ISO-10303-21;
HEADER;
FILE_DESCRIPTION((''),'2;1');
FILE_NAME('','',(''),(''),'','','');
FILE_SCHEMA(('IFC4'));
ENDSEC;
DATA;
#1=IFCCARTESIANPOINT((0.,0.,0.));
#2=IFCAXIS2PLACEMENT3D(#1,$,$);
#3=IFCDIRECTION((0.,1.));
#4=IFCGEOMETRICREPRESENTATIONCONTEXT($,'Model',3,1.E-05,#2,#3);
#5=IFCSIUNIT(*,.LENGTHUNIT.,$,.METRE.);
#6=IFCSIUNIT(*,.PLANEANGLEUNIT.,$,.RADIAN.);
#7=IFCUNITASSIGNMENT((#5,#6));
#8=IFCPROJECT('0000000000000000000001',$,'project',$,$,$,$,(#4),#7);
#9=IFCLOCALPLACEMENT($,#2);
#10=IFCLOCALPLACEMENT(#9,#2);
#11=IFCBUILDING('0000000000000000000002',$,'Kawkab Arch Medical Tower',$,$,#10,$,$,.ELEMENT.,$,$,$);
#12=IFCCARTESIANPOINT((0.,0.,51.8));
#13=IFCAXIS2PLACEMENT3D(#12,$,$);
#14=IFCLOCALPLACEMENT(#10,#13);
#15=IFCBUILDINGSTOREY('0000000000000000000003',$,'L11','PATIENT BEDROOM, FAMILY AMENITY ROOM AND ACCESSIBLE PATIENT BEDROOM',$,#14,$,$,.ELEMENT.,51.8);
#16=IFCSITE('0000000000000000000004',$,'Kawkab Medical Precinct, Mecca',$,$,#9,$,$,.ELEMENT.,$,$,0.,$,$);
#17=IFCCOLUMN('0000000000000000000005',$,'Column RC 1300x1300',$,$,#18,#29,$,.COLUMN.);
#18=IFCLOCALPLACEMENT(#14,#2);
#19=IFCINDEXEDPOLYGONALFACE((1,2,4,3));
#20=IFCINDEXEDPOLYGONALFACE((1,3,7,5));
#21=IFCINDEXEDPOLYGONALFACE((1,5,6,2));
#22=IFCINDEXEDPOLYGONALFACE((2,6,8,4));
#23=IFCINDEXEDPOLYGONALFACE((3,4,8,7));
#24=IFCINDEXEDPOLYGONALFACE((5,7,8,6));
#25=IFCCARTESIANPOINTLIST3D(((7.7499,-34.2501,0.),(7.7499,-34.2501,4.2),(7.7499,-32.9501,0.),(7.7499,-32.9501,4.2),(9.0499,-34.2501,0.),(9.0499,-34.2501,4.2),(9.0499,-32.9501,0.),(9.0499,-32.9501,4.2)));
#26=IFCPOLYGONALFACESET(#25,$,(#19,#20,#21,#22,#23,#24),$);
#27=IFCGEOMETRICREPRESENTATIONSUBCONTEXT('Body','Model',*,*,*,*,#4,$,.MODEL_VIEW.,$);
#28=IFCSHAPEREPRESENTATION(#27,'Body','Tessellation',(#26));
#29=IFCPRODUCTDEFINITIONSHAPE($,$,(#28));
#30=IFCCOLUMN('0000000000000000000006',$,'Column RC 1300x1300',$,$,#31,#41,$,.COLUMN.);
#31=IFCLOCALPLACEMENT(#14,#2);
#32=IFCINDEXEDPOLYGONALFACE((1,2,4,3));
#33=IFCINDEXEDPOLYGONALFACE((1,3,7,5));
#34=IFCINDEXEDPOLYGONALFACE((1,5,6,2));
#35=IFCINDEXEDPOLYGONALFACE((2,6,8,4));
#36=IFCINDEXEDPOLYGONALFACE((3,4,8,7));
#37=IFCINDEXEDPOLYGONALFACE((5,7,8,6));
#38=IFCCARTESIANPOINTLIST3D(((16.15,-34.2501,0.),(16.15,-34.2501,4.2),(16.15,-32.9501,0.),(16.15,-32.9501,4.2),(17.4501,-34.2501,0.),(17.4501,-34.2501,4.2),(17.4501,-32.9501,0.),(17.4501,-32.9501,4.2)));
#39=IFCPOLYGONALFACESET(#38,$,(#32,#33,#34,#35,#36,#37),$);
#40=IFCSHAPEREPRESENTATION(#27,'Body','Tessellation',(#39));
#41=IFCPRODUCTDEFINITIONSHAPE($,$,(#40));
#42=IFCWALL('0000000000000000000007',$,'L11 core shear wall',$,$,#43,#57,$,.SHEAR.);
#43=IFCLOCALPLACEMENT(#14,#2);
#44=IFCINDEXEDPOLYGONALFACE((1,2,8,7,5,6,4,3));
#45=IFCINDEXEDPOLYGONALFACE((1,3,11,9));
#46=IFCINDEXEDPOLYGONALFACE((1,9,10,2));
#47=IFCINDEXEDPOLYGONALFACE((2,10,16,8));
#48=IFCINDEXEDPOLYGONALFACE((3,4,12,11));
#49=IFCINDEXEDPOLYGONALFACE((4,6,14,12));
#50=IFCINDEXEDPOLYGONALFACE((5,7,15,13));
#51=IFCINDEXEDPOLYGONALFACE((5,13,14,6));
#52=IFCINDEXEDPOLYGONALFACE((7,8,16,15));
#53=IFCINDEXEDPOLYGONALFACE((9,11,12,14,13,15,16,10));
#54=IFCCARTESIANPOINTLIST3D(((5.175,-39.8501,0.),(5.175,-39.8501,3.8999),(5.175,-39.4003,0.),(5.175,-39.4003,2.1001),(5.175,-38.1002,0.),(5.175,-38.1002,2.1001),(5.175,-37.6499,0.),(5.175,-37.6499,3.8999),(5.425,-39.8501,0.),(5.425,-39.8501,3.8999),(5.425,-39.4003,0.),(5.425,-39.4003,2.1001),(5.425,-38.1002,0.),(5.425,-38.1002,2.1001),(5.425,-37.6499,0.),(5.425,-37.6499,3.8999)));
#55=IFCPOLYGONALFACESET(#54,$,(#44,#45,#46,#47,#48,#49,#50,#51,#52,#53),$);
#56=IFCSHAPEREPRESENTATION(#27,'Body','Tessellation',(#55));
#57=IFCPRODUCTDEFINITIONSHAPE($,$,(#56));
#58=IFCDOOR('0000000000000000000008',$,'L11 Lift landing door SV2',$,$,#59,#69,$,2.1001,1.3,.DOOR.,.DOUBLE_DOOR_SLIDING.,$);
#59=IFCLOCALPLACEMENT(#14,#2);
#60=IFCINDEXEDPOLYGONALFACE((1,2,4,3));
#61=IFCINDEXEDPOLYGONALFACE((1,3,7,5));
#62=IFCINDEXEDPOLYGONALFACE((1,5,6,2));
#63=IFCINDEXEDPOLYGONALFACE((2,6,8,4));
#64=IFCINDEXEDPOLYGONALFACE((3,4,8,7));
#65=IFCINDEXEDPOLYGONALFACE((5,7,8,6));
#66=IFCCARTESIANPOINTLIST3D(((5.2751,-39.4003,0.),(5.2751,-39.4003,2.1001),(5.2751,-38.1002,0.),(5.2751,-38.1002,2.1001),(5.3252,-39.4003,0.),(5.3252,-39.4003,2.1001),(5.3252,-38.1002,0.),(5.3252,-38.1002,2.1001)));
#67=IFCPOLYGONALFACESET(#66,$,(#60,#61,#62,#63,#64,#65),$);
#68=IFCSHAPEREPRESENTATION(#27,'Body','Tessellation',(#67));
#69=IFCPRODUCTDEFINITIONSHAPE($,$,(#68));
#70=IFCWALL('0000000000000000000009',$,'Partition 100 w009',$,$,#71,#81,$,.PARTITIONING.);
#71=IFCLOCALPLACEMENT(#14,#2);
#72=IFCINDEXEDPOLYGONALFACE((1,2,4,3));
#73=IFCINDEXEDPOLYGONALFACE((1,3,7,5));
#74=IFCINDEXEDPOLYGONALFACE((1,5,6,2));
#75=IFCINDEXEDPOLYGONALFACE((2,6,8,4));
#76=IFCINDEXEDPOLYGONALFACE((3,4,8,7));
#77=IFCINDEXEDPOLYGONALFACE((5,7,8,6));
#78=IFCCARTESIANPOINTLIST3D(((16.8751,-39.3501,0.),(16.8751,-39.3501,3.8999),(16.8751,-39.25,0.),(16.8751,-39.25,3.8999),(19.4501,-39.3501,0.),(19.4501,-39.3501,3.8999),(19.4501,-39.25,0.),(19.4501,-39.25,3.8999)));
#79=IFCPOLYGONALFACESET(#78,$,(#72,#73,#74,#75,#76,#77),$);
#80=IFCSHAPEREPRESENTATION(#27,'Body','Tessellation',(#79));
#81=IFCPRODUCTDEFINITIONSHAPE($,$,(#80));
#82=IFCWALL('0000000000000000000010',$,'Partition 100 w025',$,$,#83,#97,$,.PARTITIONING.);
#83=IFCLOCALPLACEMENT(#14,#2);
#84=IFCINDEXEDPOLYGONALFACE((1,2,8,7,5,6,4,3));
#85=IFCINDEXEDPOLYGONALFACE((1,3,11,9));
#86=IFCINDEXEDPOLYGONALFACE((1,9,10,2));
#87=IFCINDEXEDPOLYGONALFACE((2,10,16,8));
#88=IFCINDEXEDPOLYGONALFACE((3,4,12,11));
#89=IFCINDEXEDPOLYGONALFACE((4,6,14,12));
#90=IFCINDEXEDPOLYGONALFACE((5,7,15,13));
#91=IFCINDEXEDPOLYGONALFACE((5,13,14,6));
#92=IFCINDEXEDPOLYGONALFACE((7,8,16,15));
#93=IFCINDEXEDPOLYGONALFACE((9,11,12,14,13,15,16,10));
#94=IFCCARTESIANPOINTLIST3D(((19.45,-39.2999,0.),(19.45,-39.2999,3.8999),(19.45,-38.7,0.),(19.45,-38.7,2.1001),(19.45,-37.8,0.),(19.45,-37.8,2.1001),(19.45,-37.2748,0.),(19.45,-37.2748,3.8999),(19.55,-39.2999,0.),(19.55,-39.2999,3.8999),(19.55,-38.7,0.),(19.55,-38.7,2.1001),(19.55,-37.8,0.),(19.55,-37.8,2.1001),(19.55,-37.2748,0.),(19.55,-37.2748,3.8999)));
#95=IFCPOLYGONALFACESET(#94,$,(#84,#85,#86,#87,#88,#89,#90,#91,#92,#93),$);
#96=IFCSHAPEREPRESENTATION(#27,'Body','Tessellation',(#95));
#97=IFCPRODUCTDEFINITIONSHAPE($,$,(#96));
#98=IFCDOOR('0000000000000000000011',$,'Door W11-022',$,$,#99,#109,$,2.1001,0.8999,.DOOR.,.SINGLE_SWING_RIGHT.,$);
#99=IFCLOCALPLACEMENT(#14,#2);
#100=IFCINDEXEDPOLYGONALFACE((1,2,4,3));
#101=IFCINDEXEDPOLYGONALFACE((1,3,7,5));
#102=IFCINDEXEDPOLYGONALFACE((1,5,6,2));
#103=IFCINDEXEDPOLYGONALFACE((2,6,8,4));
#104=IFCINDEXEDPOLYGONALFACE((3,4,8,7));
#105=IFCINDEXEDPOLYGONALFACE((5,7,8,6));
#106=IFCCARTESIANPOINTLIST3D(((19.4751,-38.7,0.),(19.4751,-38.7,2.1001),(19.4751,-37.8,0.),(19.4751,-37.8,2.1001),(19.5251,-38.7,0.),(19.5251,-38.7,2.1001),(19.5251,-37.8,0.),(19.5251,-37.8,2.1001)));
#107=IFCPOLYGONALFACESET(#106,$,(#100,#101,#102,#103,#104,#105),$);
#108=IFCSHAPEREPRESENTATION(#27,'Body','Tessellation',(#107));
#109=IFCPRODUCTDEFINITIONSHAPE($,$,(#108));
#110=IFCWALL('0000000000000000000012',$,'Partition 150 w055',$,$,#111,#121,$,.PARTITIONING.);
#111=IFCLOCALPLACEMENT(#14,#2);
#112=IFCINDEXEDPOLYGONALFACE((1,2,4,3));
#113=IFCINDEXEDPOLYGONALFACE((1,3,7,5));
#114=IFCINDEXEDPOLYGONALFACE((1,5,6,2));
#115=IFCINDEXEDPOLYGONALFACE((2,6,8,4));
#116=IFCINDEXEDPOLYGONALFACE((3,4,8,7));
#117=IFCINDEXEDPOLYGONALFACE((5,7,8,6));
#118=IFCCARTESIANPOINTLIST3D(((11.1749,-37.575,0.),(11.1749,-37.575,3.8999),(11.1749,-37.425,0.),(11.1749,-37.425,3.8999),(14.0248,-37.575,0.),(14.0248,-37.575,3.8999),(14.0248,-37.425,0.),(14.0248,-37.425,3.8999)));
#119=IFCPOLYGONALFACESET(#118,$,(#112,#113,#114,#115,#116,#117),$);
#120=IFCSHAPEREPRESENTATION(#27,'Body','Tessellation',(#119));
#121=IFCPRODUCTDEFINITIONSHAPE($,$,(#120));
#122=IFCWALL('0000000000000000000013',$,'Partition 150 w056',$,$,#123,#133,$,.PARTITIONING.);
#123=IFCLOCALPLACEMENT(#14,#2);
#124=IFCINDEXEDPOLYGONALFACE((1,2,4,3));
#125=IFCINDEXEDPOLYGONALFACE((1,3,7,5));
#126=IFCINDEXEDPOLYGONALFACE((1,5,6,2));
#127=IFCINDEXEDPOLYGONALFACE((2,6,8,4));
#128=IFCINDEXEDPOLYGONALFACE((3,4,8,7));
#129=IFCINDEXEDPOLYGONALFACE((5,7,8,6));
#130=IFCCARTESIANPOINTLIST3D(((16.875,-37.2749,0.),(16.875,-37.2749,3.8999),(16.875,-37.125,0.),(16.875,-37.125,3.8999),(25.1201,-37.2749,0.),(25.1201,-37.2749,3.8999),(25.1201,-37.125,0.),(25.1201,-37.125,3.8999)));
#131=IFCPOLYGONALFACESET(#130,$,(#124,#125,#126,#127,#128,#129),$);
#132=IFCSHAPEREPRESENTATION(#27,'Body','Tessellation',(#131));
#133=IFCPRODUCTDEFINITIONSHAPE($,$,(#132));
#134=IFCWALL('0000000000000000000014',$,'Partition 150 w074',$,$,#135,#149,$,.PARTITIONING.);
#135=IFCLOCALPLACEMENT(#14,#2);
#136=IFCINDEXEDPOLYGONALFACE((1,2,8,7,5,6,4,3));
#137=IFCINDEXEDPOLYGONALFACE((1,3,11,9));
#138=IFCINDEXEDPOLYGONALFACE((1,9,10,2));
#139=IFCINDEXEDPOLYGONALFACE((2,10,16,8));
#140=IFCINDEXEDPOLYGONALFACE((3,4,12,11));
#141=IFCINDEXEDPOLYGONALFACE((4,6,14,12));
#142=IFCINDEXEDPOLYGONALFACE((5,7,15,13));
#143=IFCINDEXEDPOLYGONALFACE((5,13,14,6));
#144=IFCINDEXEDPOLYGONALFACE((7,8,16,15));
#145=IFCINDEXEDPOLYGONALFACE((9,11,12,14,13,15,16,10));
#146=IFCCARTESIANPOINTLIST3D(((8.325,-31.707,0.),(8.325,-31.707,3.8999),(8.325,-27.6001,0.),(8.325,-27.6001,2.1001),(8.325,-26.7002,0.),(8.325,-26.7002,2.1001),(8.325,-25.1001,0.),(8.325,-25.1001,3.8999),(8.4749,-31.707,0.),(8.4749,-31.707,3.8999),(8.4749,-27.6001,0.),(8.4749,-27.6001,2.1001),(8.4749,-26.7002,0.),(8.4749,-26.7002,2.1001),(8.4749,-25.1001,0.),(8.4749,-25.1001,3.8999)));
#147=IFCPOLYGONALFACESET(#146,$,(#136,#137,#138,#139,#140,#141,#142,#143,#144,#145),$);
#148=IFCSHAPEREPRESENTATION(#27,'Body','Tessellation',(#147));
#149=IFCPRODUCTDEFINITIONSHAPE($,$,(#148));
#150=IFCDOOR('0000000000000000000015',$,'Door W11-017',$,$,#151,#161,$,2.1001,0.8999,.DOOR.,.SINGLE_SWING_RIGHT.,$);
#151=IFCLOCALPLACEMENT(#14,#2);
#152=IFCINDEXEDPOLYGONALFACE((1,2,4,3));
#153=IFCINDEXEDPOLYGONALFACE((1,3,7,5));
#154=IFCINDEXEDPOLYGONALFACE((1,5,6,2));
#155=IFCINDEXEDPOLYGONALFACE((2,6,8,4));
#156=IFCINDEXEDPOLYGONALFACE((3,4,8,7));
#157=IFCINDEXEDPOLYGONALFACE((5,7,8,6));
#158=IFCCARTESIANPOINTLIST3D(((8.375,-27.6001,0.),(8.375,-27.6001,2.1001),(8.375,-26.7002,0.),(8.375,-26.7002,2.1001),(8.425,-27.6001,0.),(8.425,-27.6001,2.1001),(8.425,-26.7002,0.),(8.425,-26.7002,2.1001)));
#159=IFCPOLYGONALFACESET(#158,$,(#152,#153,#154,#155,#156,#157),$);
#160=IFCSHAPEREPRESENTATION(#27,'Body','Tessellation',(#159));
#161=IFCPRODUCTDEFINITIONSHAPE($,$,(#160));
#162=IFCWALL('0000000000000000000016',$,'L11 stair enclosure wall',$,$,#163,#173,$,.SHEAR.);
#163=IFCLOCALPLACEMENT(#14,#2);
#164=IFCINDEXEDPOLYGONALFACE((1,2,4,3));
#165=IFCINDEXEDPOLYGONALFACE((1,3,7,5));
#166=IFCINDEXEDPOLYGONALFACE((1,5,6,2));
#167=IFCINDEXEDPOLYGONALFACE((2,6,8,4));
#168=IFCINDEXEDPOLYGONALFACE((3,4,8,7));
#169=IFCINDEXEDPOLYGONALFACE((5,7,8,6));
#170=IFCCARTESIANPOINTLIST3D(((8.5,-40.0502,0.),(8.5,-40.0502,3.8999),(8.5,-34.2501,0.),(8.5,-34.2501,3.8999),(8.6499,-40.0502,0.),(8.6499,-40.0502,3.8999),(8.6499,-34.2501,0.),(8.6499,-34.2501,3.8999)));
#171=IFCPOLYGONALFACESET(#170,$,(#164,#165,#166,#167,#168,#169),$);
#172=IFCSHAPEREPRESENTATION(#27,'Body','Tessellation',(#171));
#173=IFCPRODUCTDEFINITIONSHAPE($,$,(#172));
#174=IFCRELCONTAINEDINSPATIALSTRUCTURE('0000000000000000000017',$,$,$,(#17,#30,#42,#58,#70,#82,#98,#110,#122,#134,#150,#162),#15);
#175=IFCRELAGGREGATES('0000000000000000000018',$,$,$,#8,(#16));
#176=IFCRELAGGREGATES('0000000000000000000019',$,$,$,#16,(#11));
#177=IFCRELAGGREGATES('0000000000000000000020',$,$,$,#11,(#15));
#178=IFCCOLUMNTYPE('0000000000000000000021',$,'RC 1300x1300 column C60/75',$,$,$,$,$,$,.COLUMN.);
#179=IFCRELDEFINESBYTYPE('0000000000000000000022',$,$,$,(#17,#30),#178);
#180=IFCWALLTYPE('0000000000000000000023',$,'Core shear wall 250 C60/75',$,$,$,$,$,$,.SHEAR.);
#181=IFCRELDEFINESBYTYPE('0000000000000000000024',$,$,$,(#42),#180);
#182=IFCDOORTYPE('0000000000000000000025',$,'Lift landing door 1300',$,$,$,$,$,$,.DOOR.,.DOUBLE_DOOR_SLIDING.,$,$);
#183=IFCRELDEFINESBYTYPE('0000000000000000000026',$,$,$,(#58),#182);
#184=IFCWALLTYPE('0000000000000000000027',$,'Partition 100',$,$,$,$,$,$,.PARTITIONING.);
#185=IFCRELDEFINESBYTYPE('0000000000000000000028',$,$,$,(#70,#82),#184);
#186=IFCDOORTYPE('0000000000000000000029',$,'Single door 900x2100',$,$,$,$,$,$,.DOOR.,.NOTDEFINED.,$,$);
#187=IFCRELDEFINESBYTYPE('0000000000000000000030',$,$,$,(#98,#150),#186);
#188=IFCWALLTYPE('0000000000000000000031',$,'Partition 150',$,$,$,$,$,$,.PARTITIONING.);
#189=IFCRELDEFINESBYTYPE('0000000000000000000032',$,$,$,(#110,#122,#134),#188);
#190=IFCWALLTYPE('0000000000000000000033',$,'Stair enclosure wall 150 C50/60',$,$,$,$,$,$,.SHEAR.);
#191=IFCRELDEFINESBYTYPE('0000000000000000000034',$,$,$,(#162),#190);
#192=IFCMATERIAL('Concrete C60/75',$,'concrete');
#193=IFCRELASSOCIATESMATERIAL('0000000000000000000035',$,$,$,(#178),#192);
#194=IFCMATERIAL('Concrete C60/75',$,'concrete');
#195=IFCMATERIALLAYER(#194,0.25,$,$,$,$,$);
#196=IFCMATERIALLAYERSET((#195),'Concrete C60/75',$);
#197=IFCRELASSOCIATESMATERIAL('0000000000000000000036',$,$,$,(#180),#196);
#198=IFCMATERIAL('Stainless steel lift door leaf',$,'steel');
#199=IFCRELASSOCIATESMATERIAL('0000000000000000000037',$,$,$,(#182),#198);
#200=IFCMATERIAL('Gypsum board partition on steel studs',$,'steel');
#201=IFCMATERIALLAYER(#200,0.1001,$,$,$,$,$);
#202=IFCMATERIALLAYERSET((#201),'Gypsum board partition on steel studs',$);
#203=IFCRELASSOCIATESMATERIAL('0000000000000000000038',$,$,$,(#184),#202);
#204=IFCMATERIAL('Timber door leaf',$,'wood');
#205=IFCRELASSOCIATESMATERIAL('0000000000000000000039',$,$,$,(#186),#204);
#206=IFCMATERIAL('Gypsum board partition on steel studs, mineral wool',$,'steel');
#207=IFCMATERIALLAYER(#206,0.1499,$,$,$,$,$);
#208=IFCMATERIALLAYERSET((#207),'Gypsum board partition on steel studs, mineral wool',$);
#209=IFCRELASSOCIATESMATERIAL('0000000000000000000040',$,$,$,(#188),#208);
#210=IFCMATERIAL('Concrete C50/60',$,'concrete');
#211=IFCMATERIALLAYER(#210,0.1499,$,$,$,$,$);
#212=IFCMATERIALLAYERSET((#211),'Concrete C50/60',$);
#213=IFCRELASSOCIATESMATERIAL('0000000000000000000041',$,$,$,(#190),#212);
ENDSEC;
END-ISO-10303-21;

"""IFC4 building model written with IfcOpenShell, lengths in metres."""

from ifc_helpers import new_model, si_unit, direction, frame, frame_2d, origin, origin_2d, place, context, subcontext, project, spatial, rectangle, extrude, material, layer, layer_set, material_profile, profile_set, type_object, element, fill, save


model = new_model("IFC4")

# Units and contexts
model_context = context("Model", 3, precision=1e-05, world=origin(), true_north=direction((0.0, 1.0)))
body_context = subcontext(model_context, "Body", "Model", "MODEL_VIEW")
ifc_project = project(units=[si_unit("LENGTHUNIT", "METRE"), si_unit("PLANEANGLEUNIT", "RADIAN")], contexts=[model_context])

# Site, building, storey
site_placement = place(None, origin())
site = spatial("IfcSite", under=ifc_project, at=site_placement, Name="Kawkab Medical Precinct, Mecca", CompositionType="ELEMENT", RefElevation=0.0)
building_placement = place(site_placement, origin())
building = spatial("IfcBuilding", under=site, at=building_placement, Name="Kawkab Arch Medical Tower", CompositionType="ELEMENT")
storey_placement = place(building_placement, frame((0.0, 0.0, 51.8)))
storey = spatial("IfcBuildingStorey", under=building, at=storey_placement, Name="L11", Description="PATIENT BEDROOM, FAMILY AMENITY ROOM AND ACCESSIBLE PATIENT BEDROOM", CompositionType="ELEMENT", Elevation=51.8)

# Columns
ifc_material_1 = material(Name="Concrete C60/75", Category="concrete")
ifc_material_profile = material_profile(ifc_material_1, rectangle(XDim=1.3, YDim=1.3, at=origin_2d()), Name="RC 1300x1300")
ifc_profile_set = profile_set([ifc_material_profile], Name="Concrete C60/75")
column_type = type_object("IfcColumnType", Name="RC 1300x1300 column C60/75", PredefinedType="COLUMN", material=ifc_profile_set)
for number, where, z_axis, x_axis, name in (
    (1, (8.3999, -33.6001, 0.0), (0.0, 0.0, 1.0), (1.0, 0.0, 0.0), "Column RC 1300x1300"),
    (2, (16.8, -33.6001, 0.0), (0.0, 0.0, 1.0), (1.0, 0.0, 0.0), "Column RC 1300x1300"),
):
    element("IfcColumn", number, at=place(storey_placement, frame(where, z_axis=z_axis, x_axis=x_axis)), inside=storey, type_object=column_type, Name=name, PredefinedType="COLUMN", context=body_context, shape_type="SweptSolid", body=[
        extrude(rectangle(XDim=1.3, YDim=1.3, at=origin_2d()), origin(), (0.0, 0.0, 1.0), 4.2),
    ])

# Wall, opening, door
ifc_material_2 = material(Name="Concrete C60/75", Category="concrete")
ifc_layer_1 = layer(ifc_material_2, 0.25)
ifc_layer_set_1 = layer_set([ifc_layer_1], Name="Concrete C60/75")
wall_type_1 = type_object("IfcWallType", Name="Core shear wall 250 C60/75", PredefinedType="SHEAR", material=ifc_layer_set_1)
wall_1_placement = place(storey_placement, frame((5.3, -39.8501, 0.0), z_axis=(0.0, 0.0, 1.0), x_axis=(0.0, 1.0, 0.0)))
wall_1 = element("IfcWall", 3, at=wall_1_placement, inside=storey, type_object=wall_type_1, Name="L11 core shear wall", PredefinedType="SHEAR", context=body_context, shape_type="SweptSolid", body=[
    extrude(rectangle(XDim=2.2002, YDim=0.25, at=frame_2d((1.1001, 0.0))), origin(), (0.0, 0.0, 1.0), 3.8999),
])
opening_1_placement = place(wall_1_placement, frame((0.45, 0.0, 0.0)))
opening_1 = element("IfcOpeningElement", 4, at=opening_1_placement, cuts=wall_1, PredefinedType="OPENING", context=body_context, shape_type="SweptSolid", body=[
    extrude(rectangle(XDim=1.3, YDim=2.1001, at=frame_2d((0.6499, 1.05))), frame((0.0, 0.135, 0.0), z_axis=(0.0, -1.0, 0.0), x_axis=(1.0, 0.0, 0.0)), (0.0, 0.0, 1.0), 0.27),
])
ifc_material_3 = material(Name="Stainless steel lift door leaf", Category="steel")
door_type_1 = type_object("IfcDoorType", Name="Lift landing door 1300", OperationType="DOUBLE_DOOR_SLIDING", PredefinedType="DOOR", material=ifc_material_3)
door_1_placement = place(opening_1_placement, origin())
door_1 = element("IfcDoor", 5, at=door_1_placement, inside=storey, type_object=door_type_1, Name="L11 Lift landing door SV2", OperationType="DOUBLE_DOOR_SLIDING", OverallHeight=2.1001, OverallWidth=1.3, PredefinedType="DOOR", context=body_context, shape_type="SweptSolid", body=[
    extrude(rectangle(XDim=1.3, YDim=2.1001, at=frame_2d((0.6499, 1.05))), frame((0.0, 0.0249, 0.0), z_axis=(0.0, -1.0, 0.0), x_axis=(1.0, 0.0, 0.0)), (0.0, 0.0, 1.0), 0.05),
])
fill(opening_1, door_1)

# Wall
ifc_material_4 = material(Name="Gypsum board partition on steel studs", Category="steel")
ifc_layer_2 = layer(ifc_material_4, 0.1001)
ifc_layer_set_2 = layer_set([ifc_layer_2], Name="Gypsum board partition on steel studs")
wall_type_2 = type_object("IfcWallType", Name="Partition 100", PredefinedType="PARTITIONING", material=ifc_layer_set_2)
wall_2_placement = place(storey_placement, frame((16.875, -39.3, 0.0), z_axis=(0.0, 0.0, 1.0), x_axis=(1.0, 0.0, 0.0)))
element("IfcWall", 6, at=wall_2_placement, inside=storey, type_object=wall_type_2, Name="Partition 100 w009", PredefinedType="PARTITIONING", context=body_context, shape_type="SweptSolid", body=[
    extrude(rectangle(XDim=2.575, YDim=0.1001, at=frame_2d((1.2876, 0.0))), origin(), (0.0, 0.0, 1.0), 3.8999),
])

# Wall, opening, door
wall_3_placement = place(storey_placement, frame((19.5, -39.3, 0.0), z_axis=(0.0, 0.0, 1.0), x_axis=(0.0, 1.0, 0.0)))
wall_3 = element("IfcWall", 7, at=wall_3_placement, inside=storey, type_object=wall_type_2, Name="Partition 100 w025", PredefinedType="PARTITIONING", context=body_context, shape_type="SweptSolid", body=[
    extrude(rectangle(XDim=2.0251, YDim=0.1001, at=frame_2d((1.0127, 0.0))), origin(), (0.0, 0.0, 1.0), 3.8999),
])
opening_2_placement = place(wall_3_placement, frame((0.6001, 0.0, 0.0)))
opening_2 = element("IfcOpeningElement", 8, at=opening_2_placement, cuts=wall_3, PredefinedType="OPENING", context=body_context, shape_type="SweptSolid", body=[
    extrude(rectangle(XDim=0.8999, YDim=2.1001, at=frame_2d((0.45, 1.05))), frame((0.0, 0.0601, 0.0), z_axis=(0.0, -1.0, 0.0), x_axis=(1.0, 0.0, 0.0)), (0.0, 0.0, 1.0), 0.1201),
])
ifc_material_5 = material(Name="Timber door leaf", Category="wood")
door_type_2 = type_object("IfcDoorType", Name="Single door 900x2100", OperationType="NOTDEFINED", PredefinedType="DOOR", material=ifc_material_5)
door_2_placement = place(opening_2_placement, origin())
door_2 = element("IfcDoor", 9, at=door_2_placement, inside=storey, type_object=door_type_2, Name="Door W11-022", OperationType="SINGLE_SWING_RIGHT", OverallHeight=2.1001, OverallWidth=0.8999, PredefinedType="DOOR", context=body_context, shape_type="SweptSolid", body=[
    extrude(rectangle(XDim=0.8999, YDim=2.1001, at=frame_2d((0.45, 1.05))), frame((0.0, 0.0249, 0.0), z_axis=(0.0, -1.0, 0.0), x_axis=(1.0, 0.0, 0.0)), (0.0, 0.0, 1.0), 0.05),
])
fill(opening_2, door_2)

# Walls
ifc_material_6 = material(Name="Gypsum board partition on steel studs, mineral wool", Category="steel")
ifc_layer_3 = layer(ifc_material_6, 0.1499)
ifc_layer_set_3 = layer_set([ifc_layer_3], Name="Gypsum board partition on steel studs, mineral wool")
wall_type_3 = type_object("IfcWallType", Name="Partition 150", PredefinedType="PARTITIONING", material=ifc_layer_set_3)
wall_4_placement = place(storey_placement, frame((11.175, -37.5, 0.0), z_axis=(0.0, 0.0, 1.0), x_axis=(1.0, 0.0, 0.0)))
element("IfcWall", 10, at=wall_4_placement, inside=storey, type_object=wall_type_3, Name="Partition 150 w055", PredefinedType="PARTITIONING", context=body_context, shape_type="SweptSolid", body=[
    extrude(rectangle(XDim=2.8499, YDim=0.1499, at=frame_2d((1.4248, 0.0))), origin(), (0.0, 0.0, 1.0), 3.8999),
])
wall_5_placement = place(storey_placement, frame((16.875, -37.2, 0.0), z_axis=(0.0, 0.0, 1.0), x_axis=(1.0, 0.0, 0.0)))
element("IfcWall", 11, at=wall_5_placement, inside=storey, type_object=wall_type_3, Name="Partition 150 w056", PredefinedType="PARTITIONING", context=body_context, shape_type="SweptSolid", body=[
    extrude(rectangle(XDim=8.2451, YDim=0.1499, at=frame_2d((4.1226, 0.0))), origin(), (0.0, 0.0, 1.0), 3.8999),
])

# Wall, opening, door
wall_6_placement = place(storey_placement, frame((8.3999, -31.707, 0.0), z_axis=(0.0, 0.0, 1.0), x_axis=(0.0, 1.0, 0.0)))
wall_6 = element("IfcWall", 12, at=wall_6_placement, inside=storey, type_object=wall_type_3, Name="Partition 150 w074", PredefinedType="PARTITIONING", context=body_context, shape_type="SweptSolid", body=[
    extrude(rectangle(XDim=6.6069, YDim=0.1499, at=frame_2d((3.3035, 0.0))), origin(), (0.0, 0.0, 1.0), 3.8999),
])
opening_3_placement = place(wall_6_placement, frame((4.1069, 0.0, 0.0)))
opening_3 = element("IfcOpeningElement", 13, at=opening_3_placement, cuts=wall_6, PredefinedType="OPENING", context=body_context, shape_type="SweptSolid", body=[
    extrude(rectangle(XDim=0.8999, YDim=2.1001, at=frame_2d((0.45, 1.05))), frame((0.0, 0.085, 0.0), z_axis=(0.0, -1.0, 0.0), x_axis=(1.0, 0.0, 0.0)), (0.0, 0.0, 1.0), 0.1699),
])
door_3_placement = place(opening_3_placement, origin())
door_3 = element("IfcDoor", 14, at=door_3_placement, inside=storey, type_object=door_type_2, Name="Door W11-017", OperationType="SINGLE_SWING_RIGHT", OverallHeight=2.1001, OverallWidth=0.8999, PredefinedType="DOOR", context=body_context, shape_type="SweptSolid", body=[
    extrude(rectangle(XDim=0.8999, YDim=2.1001, at=frame_2d((0.45, 1.05))), frame((0.0, 0.0249, 0.0), z_axis=(0.0, -1.0, 0.0), x_axis=(1.0, 0.0, 0.0)), (0.0, 0.0, 1.0), 0.05),
])
fill(opening_3, door_3)

# Wall
ifc_material_7 = material(Name="Concrete C50/60", Category="concrete")
ifc_layer_4 = layer(ifc_material_7, 0.1499)
ifc_layer_set_4 = layer_set([ifc_layer_4], Name="Concrete C50/60")
wall_type_4 = type_object("IfcWallType", Name="Stair enclosure wall 150 C50/60", PredefinedType="SHEAR", material=ifc_layer_set_4)
wall_7_placement = place(storey_placement, frame((8.575, -40.05, 0.0), z_axis=(0.0, 0.0, 1.0), x_axis=(0.0, 1.0, 0.0)))
element("IfcWall", 15, at=wall_7_placement, inside=storey, type_object=wall_type_4, Name="L11 stair enclosure wall", PredefinedType="SHEAR", context=body_context, shape_type="SweptSolid", body=[
    extrude(rectangle(XDim=5.8, YDim=0.1499, at=frame_2d((2.8999, 0.0))), origin(), (0.0, 0.0, 1.0), 3.8999),
])

save(model, "model.ifc")
